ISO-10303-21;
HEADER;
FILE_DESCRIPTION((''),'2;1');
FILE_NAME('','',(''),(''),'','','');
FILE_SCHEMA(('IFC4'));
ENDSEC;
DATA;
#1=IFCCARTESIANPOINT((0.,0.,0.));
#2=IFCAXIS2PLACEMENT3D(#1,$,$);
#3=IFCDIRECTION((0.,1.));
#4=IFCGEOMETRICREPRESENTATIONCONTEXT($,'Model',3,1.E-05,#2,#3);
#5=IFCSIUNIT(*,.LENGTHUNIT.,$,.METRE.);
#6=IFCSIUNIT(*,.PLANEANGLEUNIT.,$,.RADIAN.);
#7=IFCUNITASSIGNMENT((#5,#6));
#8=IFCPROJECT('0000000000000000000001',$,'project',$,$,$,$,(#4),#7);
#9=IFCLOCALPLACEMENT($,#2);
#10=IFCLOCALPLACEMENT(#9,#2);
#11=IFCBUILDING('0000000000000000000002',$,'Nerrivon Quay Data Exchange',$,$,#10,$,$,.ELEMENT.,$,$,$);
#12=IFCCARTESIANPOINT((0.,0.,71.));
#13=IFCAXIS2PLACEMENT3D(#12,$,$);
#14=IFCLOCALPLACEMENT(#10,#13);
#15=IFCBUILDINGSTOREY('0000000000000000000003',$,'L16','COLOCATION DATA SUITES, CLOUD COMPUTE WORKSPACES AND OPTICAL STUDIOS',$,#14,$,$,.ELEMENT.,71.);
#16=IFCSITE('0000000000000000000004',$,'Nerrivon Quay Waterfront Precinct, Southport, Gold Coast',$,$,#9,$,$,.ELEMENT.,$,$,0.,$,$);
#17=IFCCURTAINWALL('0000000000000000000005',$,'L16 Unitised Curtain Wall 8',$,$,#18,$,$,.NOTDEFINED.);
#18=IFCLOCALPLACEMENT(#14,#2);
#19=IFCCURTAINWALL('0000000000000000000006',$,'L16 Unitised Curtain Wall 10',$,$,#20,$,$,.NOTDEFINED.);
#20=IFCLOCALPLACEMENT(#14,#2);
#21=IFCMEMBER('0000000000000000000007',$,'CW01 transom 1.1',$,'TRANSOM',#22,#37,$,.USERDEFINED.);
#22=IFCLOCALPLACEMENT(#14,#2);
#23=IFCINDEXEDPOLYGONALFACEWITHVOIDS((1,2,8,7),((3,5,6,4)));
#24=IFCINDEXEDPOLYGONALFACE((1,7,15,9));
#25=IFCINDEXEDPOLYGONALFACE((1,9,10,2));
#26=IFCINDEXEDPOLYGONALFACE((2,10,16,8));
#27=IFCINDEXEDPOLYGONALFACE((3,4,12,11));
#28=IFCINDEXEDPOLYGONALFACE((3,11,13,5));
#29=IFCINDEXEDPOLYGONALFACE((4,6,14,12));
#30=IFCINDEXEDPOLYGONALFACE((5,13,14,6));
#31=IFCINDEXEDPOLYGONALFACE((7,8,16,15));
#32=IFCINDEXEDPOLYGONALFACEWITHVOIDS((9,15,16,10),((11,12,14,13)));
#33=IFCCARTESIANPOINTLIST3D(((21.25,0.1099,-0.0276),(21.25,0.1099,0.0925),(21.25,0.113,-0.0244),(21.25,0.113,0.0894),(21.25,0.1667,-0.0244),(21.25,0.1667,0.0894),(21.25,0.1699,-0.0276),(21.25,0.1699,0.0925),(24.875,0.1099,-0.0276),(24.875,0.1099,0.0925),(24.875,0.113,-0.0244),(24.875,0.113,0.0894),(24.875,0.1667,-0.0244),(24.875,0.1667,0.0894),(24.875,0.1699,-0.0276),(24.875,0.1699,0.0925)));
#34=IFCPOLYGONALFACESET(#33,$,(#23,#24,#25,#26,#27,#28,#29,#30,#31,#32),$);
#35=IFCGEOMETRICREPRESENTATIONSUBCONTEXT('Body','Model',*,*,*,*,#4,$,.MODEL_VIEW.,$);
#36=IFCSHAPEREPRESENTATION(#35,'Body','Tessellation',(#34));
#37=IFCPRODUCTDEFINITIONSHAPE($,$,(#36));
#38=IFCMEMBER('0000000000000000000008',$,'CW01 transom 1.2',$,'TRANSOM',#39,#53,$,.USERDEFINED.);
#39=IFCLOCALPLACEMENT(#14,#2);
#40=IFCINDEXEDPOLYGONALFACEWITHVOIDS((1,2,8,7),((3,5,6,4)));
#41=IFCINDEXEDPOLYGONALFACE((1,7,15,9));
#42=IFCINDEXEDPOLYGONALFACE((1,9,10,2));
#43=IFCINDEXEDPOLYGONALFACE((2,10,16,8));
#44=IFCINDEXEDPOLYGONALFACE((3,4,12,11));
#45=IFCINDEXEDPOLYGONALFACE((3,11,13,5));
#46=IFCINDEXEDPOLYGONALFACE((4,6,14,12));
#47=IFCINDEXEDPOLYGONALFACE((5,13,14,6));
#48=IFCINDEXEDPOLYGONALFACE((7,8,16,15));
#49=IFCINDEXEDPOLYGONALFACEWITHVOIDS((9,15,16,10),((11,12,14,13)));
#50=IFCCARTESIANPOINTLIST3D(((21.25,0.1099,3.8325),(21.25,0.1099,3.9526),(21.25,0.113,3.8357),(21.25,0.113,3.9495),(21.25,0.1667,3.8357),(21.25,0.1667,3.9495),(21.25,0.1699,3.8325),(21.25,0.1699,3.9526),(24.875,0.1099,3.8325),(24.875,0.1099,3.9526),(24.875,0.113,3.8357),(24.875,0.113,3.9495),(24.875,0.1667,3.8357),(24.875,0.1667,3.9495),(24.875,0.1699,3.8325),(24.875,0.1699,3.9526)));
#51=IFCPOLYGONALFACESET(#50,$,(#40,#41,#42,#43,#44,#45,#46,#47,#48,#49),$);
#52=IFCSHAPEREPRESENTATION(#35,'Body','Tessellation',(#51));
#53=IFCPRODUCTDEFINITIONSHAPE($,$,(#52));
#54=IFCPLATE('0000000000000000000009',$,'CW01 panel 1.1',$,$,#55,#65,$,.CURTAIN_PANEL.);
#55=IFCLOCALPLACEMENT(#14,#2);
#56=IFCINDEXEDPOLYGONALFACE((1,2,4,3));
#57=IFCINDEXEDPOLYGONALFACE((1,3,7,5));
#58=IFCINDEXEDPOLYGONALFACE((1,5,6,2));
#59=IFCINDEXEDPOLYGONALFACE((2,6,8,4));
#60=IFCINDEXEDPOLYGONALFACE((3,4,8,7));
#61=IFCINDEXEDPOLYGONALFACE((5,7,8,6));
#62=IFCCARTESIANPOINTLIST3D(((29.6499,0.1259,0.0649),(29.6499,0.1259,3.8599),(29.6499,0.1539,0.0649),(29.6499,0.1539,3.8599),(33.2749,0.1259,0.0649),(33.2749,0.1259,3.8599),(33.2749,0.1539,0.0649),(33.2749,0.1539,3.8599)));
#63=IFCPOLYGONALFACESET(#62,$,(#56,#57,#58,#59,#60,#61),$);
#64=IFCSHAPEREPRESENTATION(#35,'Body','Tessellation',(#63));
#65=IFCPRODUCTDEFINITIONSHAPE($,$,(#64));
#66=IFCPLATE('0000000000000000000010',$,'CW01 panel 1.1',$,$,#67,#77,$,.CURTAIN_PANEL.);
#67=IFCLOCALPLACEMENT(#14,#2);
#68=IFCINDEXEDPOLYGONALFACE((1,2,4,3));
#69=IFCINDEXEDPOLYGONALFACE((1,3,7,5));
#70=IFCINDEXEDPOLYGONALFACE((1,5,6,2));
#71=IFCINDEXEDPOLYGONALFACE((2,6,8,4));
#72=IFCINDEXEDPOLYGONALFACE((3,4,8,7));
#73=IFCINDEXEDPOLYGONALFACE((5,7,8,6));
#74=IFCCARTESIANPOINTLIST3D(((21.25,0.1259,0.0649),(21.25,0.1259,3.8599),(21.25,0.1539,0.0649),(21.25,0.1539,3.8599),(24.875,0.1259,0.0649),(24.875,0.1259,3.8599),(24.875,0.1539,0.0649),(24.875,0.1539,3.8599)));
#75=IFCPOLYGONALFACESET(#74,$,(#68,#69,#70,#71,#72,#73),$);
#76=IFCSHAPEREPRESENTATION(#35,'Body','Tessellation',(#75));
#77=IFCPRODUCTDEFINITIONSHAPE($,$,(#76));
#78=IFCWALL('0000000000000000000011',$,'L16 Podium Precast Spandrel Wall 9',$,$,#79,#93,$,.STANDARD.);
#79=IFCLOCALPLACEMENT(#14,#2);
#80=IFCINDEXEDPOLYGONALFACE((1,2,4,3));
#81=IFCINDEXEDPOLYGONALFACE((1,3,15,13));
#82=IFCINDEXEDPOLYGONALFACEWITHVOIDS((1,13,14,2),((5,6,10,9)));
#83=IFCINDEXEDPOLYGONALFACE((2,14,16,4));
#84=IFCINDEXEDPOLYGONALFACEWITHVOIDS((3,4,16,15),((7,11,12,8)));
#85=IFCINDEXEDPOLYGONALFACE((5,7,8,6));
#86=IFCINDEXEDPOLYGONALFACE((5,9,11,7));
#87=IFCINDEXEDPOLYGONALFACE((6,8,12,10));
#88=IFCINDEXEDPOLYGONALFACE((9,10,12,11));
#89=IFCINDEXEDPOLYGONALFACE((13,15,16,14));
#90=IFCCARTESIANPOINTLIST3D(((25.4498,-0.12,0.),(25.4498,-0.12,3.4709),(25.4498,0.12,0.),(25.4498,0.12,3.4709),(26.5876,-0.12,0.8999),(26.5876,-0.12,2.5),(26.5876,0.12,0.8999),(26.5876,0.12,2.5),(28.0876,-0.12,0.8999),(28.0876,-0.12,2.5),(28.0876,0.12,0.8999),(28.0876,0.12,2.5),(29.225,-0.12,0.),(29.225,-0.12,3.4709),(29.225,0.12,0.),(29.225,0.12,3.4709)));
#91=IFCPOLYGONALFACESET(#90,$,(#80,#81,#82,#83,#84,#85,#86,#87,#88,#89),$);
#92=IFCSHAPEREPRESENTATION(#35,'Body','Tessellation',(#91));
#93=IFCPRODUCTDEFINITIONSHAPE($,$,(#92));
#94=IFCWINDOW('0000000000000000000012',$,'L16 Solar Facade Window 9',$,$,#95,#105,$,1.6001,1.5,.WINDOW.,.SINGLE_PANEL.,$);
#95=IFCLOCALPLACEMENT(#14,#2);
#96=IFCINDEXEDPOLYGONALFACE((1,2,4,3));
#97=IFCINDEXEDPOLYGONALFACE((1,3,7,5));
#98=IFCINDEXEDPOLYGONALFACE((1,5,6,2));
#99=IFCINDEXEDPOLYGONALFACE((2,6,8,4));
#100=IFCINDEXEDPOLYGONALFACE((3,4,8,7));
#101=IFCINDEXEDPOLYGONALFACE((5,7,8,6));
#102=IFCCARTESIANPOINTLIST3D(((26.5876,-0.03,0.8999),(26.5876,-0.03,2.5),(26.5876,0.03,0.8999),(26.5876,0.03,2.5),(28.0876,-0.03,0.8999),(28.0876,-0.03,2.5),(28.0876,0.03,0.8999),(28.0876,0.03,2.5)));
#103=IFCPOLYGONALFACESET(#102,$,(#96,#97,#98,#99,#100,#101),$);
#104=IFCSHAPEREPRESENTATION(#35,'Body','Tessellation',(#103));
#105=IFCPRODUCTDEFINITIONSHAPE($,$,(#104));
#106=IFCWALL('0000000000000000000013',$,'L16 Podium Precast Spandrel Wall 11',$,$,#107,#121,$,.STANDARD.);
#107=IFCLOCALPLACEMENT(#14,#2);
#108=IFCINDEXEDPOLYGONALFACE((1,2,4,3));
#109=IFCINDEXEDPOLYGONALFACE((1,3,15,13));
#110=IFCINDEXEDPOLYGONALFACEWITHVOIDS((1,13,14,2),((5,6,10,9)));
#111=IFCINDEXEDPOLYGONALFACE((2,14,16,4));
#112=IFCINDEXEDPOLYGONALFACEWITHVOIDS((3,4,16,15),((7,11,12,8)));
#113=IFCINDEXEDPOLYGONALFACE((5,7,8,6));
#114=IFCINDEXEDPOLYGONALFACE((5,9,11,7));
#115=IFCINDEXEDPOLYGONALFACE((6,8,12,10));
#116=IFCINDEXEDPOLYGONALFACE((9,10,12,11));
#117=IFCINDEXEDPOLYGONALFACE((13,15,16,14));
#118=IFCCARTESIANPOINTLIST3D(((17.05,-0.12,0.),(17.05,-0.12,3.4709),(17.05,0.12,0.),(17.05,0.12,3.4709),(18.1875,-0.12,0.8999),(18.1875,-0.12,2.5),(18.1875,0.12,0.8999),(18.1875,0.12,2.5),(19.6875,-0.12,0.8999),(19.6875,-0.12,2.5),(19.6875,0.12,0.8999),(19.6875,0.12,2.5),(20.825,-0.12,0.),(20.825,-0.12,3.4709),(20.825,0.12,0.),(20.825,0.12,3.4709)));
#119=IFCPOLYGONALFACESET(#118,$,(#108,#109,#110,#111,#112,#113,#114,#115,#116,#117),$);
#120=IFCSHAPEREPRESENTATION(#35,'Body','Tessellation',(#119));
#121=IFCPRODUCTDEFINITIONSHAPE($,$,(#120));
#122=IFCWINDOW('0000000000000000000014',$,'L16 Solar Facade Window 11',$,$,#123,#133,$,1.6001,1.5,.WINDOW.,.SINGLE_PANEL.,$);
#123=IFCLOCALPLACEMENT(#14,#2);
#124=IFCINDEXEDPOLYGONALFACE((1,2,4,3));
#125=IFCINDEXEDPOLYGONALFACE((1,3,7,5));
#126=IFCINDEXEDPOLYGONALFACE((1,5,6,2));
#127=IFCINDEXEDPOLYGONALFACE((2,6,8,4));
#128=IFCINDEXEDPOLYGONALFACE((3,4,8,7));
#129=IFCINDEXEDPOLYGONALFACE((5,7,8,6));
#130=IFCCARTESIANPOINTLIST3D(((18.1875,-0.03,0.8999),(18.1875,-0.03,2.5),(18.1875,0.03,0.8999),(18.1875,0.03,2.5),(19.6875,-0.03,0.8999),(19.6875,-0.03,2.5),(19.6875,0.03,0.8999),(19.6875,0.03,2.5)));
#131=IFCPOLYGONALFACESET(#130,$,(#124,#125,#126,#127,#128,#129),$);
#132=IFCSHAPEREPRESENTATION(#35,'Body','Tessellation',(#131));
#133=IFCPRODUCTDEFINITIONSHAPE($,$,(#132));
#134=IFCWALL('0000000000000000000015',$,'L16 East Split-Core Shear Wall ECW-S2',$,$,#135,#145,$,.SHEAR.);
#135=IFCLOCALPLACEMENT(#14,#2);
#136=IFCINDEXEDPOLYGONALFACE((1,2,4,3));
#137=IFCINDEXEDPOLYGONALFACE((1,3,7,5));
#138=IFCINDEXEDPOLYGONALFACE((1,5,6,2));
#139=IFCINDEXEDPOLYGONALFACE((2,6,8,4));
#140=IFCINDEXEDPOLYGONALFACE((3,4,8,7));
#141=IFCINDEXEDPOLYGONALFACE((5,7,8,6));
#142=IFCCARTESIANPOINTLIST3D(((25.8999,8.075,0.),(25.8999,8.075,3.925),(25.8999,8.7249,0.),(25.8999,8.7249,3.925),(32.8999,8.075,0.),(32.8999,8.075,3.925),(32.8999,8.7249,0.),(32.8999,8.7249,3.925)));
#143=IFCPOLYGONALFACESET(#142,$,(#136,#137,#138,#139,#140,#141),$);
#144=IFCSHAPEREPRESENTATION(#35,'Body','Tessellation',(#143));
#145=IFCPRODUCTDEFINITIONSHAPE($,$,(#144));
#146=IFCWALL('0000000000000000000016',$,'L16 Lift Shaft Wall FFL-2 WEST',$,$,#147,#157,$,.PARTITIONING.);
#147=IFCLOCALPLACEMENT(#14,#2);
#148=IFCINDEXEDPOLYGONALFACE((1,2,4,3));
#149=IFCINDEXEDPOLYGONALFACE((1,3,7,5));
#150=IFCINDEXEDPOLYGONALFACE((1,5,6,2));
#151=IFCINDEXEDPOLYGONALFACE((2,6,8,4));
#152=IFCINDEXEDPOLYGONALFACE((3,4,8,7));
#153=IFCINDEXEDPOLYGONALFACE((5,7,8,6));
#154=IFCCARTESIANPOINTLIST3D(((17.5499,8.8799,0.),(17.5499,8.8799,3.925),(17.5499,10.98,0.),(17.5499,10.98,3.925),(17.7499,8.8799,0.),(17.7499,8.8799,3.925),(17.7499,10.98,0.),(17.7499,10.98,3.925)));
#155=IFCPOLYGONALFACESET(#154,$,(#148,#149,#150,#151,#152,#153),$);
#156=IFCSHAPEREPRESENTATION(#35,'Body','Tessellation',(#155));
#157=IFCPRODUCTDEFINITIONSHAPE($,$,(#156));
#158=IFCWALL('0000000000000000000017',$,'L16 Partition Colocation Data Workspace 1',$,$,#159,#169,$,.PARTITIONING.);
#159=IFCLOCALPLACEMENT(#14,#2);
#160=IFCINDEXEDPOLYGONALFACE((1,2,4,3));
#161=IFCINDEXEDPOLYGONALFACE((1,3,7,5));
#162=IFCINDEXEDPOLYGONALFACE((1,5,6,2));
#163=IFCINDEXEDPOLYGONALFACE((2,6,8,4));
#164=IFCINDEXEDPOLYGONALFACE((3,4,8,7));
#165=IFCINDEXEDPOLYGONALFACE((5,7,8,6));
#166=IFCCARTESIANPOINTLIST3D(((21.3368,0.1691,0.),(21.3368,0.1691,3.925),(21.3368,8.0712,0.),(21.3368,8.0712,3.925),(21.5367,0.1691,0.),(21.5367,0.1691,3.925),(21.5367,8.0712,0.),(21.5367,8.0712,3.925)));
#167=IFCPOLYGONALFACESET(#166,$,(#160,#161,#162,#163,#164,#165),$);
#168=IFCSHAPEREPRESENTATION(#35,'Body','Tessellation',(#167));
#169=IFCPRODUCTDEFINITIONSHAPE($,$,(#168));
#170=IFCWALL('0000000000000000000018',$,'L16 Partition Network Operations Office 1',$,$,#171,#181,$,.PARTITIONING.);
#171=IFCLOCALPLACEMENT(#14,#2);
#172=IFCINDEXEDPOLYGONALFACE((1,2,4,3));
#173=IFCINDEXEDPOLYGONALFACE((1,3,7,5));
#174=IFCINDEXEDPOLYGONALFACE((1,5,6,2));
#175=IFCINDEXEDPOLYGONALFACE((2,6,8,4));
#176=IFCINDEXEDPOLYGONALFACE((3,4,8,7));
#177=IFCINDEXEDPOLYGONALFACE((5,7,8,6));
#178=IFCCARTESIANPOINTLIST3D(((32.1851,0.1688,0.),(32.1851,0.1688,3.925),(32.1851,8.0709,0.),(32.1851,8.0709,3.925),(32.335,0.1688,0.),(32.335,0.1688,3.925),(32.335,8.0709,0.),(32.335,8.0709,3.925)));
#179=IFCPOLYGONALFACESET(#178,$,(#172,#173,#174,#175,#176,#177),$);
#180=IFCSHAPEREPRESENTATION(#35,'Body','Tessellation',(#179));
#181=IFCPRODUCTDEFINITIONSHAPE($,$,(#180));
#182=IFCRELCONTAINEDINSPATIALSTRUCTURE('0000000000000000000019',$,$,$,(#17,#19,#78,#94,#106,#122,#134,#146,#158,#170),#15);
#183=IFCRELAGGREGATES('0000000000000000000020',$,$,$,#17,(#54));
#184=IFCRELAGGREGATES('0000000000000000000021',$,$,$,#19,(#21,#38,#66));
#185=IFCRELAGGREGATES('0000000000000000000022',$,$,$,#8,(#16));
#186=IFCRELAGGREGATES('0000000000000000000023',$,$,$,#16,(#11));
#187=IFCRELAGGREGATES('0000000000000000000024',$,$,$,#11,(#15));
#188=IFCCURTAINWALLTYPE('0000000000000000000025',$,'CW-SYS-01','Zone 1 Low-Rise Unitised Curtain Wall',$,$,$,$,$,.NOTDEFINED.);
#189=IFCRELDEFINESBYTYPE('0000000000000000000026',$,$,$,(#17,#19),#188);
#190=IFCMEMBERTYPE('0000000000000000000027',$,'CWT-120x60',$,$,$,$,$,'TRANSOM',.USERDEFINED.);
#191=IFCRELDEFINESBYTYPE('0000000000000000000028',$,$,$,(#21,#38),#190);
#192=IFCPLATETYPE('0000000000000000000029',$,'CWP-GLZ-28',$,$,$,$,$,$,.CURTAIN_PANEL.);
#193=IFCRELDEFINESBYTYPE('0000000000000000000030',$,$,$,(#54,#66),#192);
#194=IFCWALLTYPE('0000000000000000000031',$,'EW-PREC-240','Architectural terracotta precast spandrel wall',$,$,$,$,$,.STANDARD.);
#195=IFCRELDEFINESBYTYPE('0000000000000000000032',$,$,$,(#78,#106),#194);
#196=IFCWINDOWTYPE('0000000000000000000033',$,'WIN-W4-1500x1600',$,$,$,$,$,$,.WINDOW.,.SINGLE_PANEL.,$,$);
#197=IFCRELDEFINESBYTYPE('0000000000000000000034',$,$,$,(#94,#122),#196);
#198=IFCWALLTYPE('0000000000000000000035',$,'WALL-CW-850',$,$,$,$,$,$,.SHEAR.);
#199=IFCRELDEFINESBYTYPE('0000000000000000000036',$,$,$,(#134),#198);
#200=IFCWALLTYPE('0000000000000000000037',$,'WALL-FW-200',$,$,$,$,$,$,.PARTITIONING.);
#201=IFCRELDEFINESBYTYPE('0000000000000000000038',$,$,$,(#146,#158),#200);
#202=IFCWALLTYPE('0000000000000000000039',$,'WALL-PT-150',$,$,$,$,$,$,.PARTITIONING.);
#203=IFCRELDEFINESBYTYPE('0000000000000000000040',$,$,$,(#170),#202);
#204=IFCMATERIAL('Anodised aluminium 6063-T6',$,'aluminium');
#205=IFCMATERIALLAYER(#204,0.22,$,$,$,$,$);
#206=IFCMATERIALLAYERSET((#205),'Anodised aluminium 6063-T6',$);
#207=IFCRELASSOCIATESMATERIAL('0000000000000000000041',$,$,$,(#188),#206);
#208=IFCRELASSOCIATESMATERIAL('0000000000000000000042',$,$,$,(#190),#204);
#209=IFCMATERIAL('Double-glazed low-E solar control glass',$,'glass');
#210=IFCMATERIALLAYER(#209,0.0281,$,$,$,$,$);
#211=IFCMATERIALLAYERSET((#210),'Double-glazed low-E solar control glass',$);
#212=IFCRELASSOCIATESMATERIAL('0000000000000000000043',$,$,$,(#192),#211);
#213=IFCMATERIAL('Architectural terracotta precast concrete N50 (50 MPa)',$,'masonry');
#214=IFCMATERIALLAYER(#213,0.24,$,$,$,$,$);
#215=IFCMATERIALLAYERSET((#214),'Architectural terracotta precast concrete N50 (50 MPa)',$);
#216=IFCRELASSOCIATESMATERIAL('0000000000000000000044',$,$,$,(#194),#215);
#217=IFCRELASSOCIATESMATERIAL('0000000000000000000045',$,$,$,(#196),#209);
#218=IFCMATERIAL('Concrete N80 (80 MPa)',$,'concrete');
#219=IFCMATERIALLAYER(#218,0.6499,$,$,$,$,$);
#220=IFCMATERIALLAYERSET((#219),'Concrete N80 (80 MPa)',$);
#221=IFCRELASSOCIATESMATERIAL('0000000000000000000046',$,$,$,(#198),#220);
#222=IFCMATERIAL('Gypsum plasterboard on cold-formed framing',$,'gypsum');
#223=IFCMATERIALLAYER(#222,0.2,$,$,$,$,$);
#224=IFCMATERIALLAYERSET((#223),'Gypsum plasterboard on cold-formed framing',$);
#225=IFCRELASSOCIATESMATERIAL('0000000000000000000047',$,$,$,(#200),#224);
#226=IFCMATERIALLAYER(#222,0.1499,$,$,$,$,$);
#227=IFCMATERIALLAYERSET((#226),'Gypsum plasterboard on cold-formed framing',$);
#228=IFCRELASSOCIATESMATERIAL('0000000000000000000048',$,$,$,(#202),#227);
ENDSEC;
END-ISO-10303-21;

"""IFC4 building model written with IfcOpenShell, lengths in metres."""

from ifc_helpers import new_model, si_unit, direction, frame, frame_2d, origin, origin_2d, place, context, subcontext, project, spatial, rectangle, hollow_rectangle, extrude, material, layer, layer_set, material_profile, profile_set, type_object, element, fill, aggregate, save


model = new_model("IFC4")

# Units and contexts
model_context = context("Model", 3, precision=1e-05, world=origin(), true_north=direction((0.0, 1.0)))
body_context = subcontext(model_context, "Body", "Model", "MODEL_VIEW")
ifc_project = project(units=[si_unit("LENGTHUNIT", "METRE"), si_unit("PLANEANGLEUNIT", "RADIAN")], contexts=[model_context])

# Site, building, storey
site_placement = place(None, origin())
site = spatial("IfcSite", under=ifc_project, at=site_placement, Name="Nerrivon Quay Waterfront Precinct, Southport, Gold Coast", CompositionType="ELEMENT", RefElevation=0.0)
building_placement = place(site_placement, origin())
building = spatial("IfcBuilding", under=site, at=building_placement, Name="Nerrivon Quay Data Exchange", CompositionType="ELEMENT")
storey_placement = place(building_placement, frame((0.0, 0.0, 71.0)))
storey = spatial("IfcBuildingStorey", under=building, at=storey_placement, Name="L16", Description="COLOCATION DATA SUITES, CLOUD COMPUTE WORKSPACES AND OPTICAL STUDIOS", CompositionType="ELEMENT", Elevation=71.0)

# Shared definitions
ifc_material_1 = material(Name="Concrete N80 (80 MPa)", Category="concrete")

# Curtain wall
ifc_material_2 = material(Name="Anodised aluminium 6063-T6", Category="aluminium")
ifc_layer_1 = layer(ifc_material_2, 0.22)
ifc_layer_set_1 = layer_set([ifc_layer_1], Name="Anodised aluminium 6063-T6")
curtain_wall_type = type_object("IfcCurtainWallType", Name="CW-SYS-01", Description="Zone 1 Low-Rise Unitised Curtain Wall", PredefinedType="NOTDEFINED", material=ifc_layer_set_1)
curtain_wall_1_placement = place(storey_placement, origin())
curtain_wall_1 = element("IfcCurtainWall", 1, at=curtain_wall_1_placement, inside=storey, type_object=curtain_wall_type, Name="L16 Unitised Curtain Wall 8", PredefinedType="NOTDEFINED")

# Curtain wall, members
curtain_wall_2_placement = place(storey_placement, origin())
curtain_wall_2 = element("IfcCurtainWall", 2, at=curtain_wall_2_placement, inside=storey, type_object=curtain_wall_type, Name="L16 Unitised Curtain Wall 10", PredefinedType="NOTDEFINED")
ifc_material_profile_1 = material_profile(ifc_material_2, hollow_rectangle(XDim=0.0601, YDim=0.1201, WallThickness=0.0032, at=origin_2d()), Name="ALU-TRAN-120x60")
ifc_profile_set_1 = profile_set([ifc_material_profile_1], Name="Anodised aluminium 6063-T6")
member_type_1 = type_object("IfcMemberType", Name="CWT-120x60", ElementType="TRANSOM", PredefinedType="USERDEFINED", material=ifc_profile_set_1)
member_1_placement = place(storey_placement, frame((24.875, 0.1399, 0.0325), z_axis=(-1.0, 0.0, 0.0), x_axis=(0.0, -1.0, 0.0)))
member_1 = element("IfcMember", 3, at=member_1_placement, type_object=member_type_1, Name="CW01 transom 1.1", ObjectType="TRANSOM", PredefinedType="USERDEFINED", context=body_context, shape_type="SweptSolid", body=[
    extrude(hollow_rectangle(XDim=0.0601, YDim=0.1201, WallThickness=0.0032, at=origin_2d()), origin(), (0.0, 0.0, 1.0), 3.625),
])
member_2_placement = place(storey_placement, frame((24.875, 0.1399, 3.8926), z_axis=(-1.0, 0.0, 0.0), x_axis=(0.0, -1.0, 0.0)))
member_2 = element("IfcMember", 4, at=member_2_placement, type_object=member_type_1, Name="CW01 transom 1.2", ObjectType="TRANSOM", PredefinedType="USERDEFINED", context=body_context, shape_type="SweptSolid", body=[
    extrude(hollow_rectangle(XDim=0.0601, YDim=0.1201, WallThickness=0.0032, at=origin_2d()), origin(), (0.0, 0.0, 1.0), 3.625),
])

# Plates
ifc_material_3 = material(Name="Double-glazed low-E solar control glass", Category="glass")
ifc_layer_2 = layer(ifc_material_3, 0.0281)
ifc_layer_set_2 = layer_set([ifc_layer_2], Name="Double-glazed low-E solar control glass")
plate_type = type_object("IfcPlateType", Name="CWP-GLZ-28", PredefinedType="CURTAIN_PANEL", material=ifc_layer_set_2)
plate_1_placement = place(storey_placement, frame((31.4624, 0.1399, 0.0649), z_axis=(0.0, 0.0, 1.0), x_axis=(-1.0, 0.0, 0.0)))
plate_1 = element("IfcPlate", 5, at=plate_1_placement, type_object=plate_type, Name="CW01 panel 1.1", PredefinedType="CURTAIN_PANEL", context=body_context, shape_type="SweptSolid", body=[
    extrude(rectangle(XDim=3.625, YDim=0.0281, at=origin_2d()), origin(), (0.0, 0.0, 1.0), 3.7949),
])
aggregate(curtain_wall_1, [plate_1])
plate_2_placement = place(storey_placement, frame((23.0625, 0.1399, 0.0649), z_axis=(0.0, 0.0, 1.0), x_axis=(-1.0, 0.0, 0.0)))
plate_2 = element("IfcPlate", 6, at=plate_2_placement, type_object=plate_type, Name="CW01 panel 1.1", PredefinedType="CURTAIN_PANEL", context=body_context, shape_type="SweptSolid", body=[
    extrude(rectangle(XDim=3.625, YDim=0.0281, at=origin_2d()), origin(), (0.0, 0.0, 1.0), 3.7949),
])
aggregate(curtain_wall_2, [member_1, member_2, plate_2])

# Walls, openings, windows
ifc_material_4 = material(Name="Architectural terracotta precast concrete N50 (50 MPa)", Category="masonry")
ifc_layer_3 = layer(ifc_material_4, 0.24)
ifc_layer_set_3 = layer_set([ifc_layer_3], Name="Architectural terracotta precast concrete N50 (50 MPa)")
wall_type_1 = type_object("IfcWallType", Name="EW-PREC-240", Description="Architectural terracotta precast spandrel wall", PredefinedType="STANDARD", material=ifc_layer_set_3)
wall_1_placement = place(storey_placement, frame((29.2251, 0.0, 0.0), z_axis=(0.0, 0.0, 1.0), x_axis=(-1.0, 0.0, 0.0)))
wall_1 = element("IfcWall", 7, at=wall_1_placement, inside=storey, type_object=wall_type_1, Name="L16 Podium Precast Spandrel Wall 9", PredefinedType="STANDARD", context=body_context, shape_type="SweptSolid", body=[
    extrude(rectangle(XDim=3.7751, YDim=0.24, at=frame_2d((1.8877, 0.0))), origin(), (0.0, 0.0, 1.0), 3.4709),
])
opening_1_placement = place(wall_1_placement, frame((1.1375, 0.0, 0.8999)))
opening_1 = element("IfcOpeningElement", 8, at=opening_1_placement, cuts=wall_1, PredefinedType="OPENING", context=body_context, shape_type="SweptSolid", body=[
    extrude(rectangle(XDim=1.5, YDim=1.6001, at=frame_2d((0.75, 0.8))), frame((0.0, 0.1299, 0.0), z_axis=(0.0, -1.0, 0.0), x_axis=(1.0, 0.0, 0.0)), (0.0, 0.0, 1.0), 0.26),
])
window_type = type_object("IfcWindowType", Name="WIN-W4-1500x1600", PartitioningType="SINGLE_PANEL", PredefinedType="WINDOW", material=ifc_material_3)
window_1_placement = place(opening_1_placement, origin())
window_1 = element("IfcWindow", 9, at=window_1_placement, inside=storey, type_object=window_type, Name="L16 Solar Facade Window 9", OverallHeight=1.6001, OverallWidth=1.5, PartitioningType="SINGLE_PANEL", PredefinedType="WINDOW", context=body_context, shape_type="SweptSolid", body=[
    extrude(rectangle(XDim=1.5, YDim=1.6001, at=frame_2d((0.75, 0.8))), frame((0.0, 0.03, 0.0), z_axis=(0.0, -1.0, 0.0), x_axis=(1.0, 0.0, 0.0)), (0.0, 0.0, 1.0), 0.0601),
])
fill(opening_1, window_1)
wall_2_placement = place(storey_placement, frame((20.825, 0.0, 0.0), z_axis=(0.0, 0.0, 1.0), x_axis=(-1.0, 0.0, 0.0)))
wall_2 = element("IfcWall", 10, at=wall_2_placement, inside=storey, type_object=wall_type_1, Name="L16 Podium Precast Spandrel Wall 11", PredefinedType="STANDARD", context=body_context, shape_type="SweptSolid", body=[
    extrude(rectangle(XDim=3.7749, YDim=0.24, at=frame_2d((1.8875, 0.0))), origin(), (0.0, 0.0, 1.0), 3.4709),
])
opening_2_placement = place(wall_2_placement, frame((1.1375, 0.0, 0.8999)))
opening_2 = element("IfcOpeningElement", 11, at=opening_2_placement, cuts=wall_2, PredefinedType="OPENING", context=body_context, shape_type="SweptSolid", body=[
    extrude(rectangle(XDim=1.5, YDim=1.6001, at=frame_2d((0.75, 0.8))), frame((0.0, 0.1299, 0.0), z_axis=(0.0, -1.0, 0.0), x_axis=(1.0, 0.0, 0.0)), (0.0, 0.0, 1.0), 0.26),
])
window_2_placement = place(opening_2_placement, origin())
window_2 = element("IfcWindow", 12, at=window_2_placement, inside=storey, type_object=window_type, Name="L16 Solar Facade Window 11", OverallHeight=1.6001, OverallWidth=1.5, PartitioningType="SINGLE_PANEL", PredefinedType="WINDOW", context=body_context, shape_type="SweptSolid", body=[
    extrude(rectangle(XDim=1.5, YDim=1.6001, at=frame_2d((0.75, 0.8))), frame((0.0, 0.03, 0.0), z_axis=(0.0, -1.0, 0.0), x_axis=(1.0, 0.0, 0.0)), (0.0, 0.0, 1.0), 0.0601),
])
fill(opening_2, window_2)

# Wall
ifc_layer_4 = layer(ifc_material_1, 0.6499)
ifc_layer_set_4 = layer_set([ifc_layer_4], Name="Concrete N80 (80 MPa)")
wall_type_2 = type_object("IfcWallType", Name="WALL-CW-850", PredefinedType="SHEAR", material=ifc_layer_set_4)
wall_3_placement = place(storey_placement, frame((25.8999, 8.3999, 0.0), z_axis=(0.0, 0.0, 1.0), x_axis=(1.0, 0.0, 0.0)))
element("IfcWall", 13, at=wall_3_placement, inside=storey, type_object=wall_type_2, Name="L16 East Split-Core Shear Wall ECW-S2", PredefinedType="SHEAR", context=body_context, shape_type="SweptSolid", body=[
    extrude(rectangle(XDim=7.0, YDim=0.6499, at=frame_2d((3.5, 0.0))), origin(), (0.0, 0.0, 1.0), 3.925),
])

# Walls
ifc_material_5 = material(Name="Gypsum plasterboard on cold-formed framing", Category="gypsum")
ifc_layer_5 = layer(ifc_material_5, 0.2)
ifc_layer_set_5 = layer_set([ifc_layer_5], Name="Gypsum plasterboard on cold-formed framing")
wall_type_3 = type_object("IfcWallType", Name="WALL-FW-200", PredefinedType="PARTITIONING", material=ifc_layer_set_5)
wall_4_placement = place(storey_placement, frame((17.6499, 8.8799, 0.0), z_axis=(0.0, 0.0, 1.0), x_axis=(0.0, 1.0, 0.0)))
element("IfcWall", 14, at=wall_4_placement, inside=storey, type_object=wall_type_3, Name="L16 Lift Shaft Wall FFL-2 WEST", PredefinedType="PARTITIONING", context=body_context, shape_type="SweptSolid", body=[
    extrude(rectangle(XDim=2.1001, YDim=0.2, at=frame_2d((1.05, 0.0))), origin(), (0.0, 0.0, 1.0), 3.925),
])
wall_5_placement = place(storey_placement, frame((21.4368, 0.1689, 0.0), z_axis=(0.0, 0.0, 1.0), x_axis=(0.0, 1.0, 0.0)))
element("IfcWall", 15, at=wall_5_placement, inside=storey, type_object=wall_type_3, Name="L16 Partition Colocation Data Workspace 1", PredefinedType="PARTITIONING", context=body_context, shape_type="SweptSolid", body=[
    extrude(rectangle(XDim=7.9021, YDim=0.2, at=frame_2d((3.9512, 0.0))), origin(), (0.0, 0.0, 1.0), 3.925),
])
ifc_layer_6 = layer(ifc_material_5, 0.1499)
ifc_layer_set_6 = layer_set([ifc_layer_6], Name="Gypsum plasterboard on cold-formed framing")
wall_type_4 = type_object("IfcWallType", Name="WALL-PT-150", PredefinedType="PARTITIONING", material=ifc_layer_set_6)
wall_6_placement = place(storey_placement, frame((32.26, 8.071, 0.0), z_axis=(0.0, 0.0, 1.0), x_axis=(0.0, -1.0, 0.0)))
element("IfcWall", 16, at=wall_6_placement, inside=storey, type_object=wall_type_4, Name="L16 Partition Network Operations Office 1", PredefinedType="PARTITIONING", context=body_context, shape_type="SweptSolid", body=[
    extrude(rectangle(XDim=7.9021, YDim=0.1499, at=frame_2d((3.9512, 0.0))), origin(), (0.0, 0.0, 1.0), 3.925),
])

save(model, "model.ifc")
